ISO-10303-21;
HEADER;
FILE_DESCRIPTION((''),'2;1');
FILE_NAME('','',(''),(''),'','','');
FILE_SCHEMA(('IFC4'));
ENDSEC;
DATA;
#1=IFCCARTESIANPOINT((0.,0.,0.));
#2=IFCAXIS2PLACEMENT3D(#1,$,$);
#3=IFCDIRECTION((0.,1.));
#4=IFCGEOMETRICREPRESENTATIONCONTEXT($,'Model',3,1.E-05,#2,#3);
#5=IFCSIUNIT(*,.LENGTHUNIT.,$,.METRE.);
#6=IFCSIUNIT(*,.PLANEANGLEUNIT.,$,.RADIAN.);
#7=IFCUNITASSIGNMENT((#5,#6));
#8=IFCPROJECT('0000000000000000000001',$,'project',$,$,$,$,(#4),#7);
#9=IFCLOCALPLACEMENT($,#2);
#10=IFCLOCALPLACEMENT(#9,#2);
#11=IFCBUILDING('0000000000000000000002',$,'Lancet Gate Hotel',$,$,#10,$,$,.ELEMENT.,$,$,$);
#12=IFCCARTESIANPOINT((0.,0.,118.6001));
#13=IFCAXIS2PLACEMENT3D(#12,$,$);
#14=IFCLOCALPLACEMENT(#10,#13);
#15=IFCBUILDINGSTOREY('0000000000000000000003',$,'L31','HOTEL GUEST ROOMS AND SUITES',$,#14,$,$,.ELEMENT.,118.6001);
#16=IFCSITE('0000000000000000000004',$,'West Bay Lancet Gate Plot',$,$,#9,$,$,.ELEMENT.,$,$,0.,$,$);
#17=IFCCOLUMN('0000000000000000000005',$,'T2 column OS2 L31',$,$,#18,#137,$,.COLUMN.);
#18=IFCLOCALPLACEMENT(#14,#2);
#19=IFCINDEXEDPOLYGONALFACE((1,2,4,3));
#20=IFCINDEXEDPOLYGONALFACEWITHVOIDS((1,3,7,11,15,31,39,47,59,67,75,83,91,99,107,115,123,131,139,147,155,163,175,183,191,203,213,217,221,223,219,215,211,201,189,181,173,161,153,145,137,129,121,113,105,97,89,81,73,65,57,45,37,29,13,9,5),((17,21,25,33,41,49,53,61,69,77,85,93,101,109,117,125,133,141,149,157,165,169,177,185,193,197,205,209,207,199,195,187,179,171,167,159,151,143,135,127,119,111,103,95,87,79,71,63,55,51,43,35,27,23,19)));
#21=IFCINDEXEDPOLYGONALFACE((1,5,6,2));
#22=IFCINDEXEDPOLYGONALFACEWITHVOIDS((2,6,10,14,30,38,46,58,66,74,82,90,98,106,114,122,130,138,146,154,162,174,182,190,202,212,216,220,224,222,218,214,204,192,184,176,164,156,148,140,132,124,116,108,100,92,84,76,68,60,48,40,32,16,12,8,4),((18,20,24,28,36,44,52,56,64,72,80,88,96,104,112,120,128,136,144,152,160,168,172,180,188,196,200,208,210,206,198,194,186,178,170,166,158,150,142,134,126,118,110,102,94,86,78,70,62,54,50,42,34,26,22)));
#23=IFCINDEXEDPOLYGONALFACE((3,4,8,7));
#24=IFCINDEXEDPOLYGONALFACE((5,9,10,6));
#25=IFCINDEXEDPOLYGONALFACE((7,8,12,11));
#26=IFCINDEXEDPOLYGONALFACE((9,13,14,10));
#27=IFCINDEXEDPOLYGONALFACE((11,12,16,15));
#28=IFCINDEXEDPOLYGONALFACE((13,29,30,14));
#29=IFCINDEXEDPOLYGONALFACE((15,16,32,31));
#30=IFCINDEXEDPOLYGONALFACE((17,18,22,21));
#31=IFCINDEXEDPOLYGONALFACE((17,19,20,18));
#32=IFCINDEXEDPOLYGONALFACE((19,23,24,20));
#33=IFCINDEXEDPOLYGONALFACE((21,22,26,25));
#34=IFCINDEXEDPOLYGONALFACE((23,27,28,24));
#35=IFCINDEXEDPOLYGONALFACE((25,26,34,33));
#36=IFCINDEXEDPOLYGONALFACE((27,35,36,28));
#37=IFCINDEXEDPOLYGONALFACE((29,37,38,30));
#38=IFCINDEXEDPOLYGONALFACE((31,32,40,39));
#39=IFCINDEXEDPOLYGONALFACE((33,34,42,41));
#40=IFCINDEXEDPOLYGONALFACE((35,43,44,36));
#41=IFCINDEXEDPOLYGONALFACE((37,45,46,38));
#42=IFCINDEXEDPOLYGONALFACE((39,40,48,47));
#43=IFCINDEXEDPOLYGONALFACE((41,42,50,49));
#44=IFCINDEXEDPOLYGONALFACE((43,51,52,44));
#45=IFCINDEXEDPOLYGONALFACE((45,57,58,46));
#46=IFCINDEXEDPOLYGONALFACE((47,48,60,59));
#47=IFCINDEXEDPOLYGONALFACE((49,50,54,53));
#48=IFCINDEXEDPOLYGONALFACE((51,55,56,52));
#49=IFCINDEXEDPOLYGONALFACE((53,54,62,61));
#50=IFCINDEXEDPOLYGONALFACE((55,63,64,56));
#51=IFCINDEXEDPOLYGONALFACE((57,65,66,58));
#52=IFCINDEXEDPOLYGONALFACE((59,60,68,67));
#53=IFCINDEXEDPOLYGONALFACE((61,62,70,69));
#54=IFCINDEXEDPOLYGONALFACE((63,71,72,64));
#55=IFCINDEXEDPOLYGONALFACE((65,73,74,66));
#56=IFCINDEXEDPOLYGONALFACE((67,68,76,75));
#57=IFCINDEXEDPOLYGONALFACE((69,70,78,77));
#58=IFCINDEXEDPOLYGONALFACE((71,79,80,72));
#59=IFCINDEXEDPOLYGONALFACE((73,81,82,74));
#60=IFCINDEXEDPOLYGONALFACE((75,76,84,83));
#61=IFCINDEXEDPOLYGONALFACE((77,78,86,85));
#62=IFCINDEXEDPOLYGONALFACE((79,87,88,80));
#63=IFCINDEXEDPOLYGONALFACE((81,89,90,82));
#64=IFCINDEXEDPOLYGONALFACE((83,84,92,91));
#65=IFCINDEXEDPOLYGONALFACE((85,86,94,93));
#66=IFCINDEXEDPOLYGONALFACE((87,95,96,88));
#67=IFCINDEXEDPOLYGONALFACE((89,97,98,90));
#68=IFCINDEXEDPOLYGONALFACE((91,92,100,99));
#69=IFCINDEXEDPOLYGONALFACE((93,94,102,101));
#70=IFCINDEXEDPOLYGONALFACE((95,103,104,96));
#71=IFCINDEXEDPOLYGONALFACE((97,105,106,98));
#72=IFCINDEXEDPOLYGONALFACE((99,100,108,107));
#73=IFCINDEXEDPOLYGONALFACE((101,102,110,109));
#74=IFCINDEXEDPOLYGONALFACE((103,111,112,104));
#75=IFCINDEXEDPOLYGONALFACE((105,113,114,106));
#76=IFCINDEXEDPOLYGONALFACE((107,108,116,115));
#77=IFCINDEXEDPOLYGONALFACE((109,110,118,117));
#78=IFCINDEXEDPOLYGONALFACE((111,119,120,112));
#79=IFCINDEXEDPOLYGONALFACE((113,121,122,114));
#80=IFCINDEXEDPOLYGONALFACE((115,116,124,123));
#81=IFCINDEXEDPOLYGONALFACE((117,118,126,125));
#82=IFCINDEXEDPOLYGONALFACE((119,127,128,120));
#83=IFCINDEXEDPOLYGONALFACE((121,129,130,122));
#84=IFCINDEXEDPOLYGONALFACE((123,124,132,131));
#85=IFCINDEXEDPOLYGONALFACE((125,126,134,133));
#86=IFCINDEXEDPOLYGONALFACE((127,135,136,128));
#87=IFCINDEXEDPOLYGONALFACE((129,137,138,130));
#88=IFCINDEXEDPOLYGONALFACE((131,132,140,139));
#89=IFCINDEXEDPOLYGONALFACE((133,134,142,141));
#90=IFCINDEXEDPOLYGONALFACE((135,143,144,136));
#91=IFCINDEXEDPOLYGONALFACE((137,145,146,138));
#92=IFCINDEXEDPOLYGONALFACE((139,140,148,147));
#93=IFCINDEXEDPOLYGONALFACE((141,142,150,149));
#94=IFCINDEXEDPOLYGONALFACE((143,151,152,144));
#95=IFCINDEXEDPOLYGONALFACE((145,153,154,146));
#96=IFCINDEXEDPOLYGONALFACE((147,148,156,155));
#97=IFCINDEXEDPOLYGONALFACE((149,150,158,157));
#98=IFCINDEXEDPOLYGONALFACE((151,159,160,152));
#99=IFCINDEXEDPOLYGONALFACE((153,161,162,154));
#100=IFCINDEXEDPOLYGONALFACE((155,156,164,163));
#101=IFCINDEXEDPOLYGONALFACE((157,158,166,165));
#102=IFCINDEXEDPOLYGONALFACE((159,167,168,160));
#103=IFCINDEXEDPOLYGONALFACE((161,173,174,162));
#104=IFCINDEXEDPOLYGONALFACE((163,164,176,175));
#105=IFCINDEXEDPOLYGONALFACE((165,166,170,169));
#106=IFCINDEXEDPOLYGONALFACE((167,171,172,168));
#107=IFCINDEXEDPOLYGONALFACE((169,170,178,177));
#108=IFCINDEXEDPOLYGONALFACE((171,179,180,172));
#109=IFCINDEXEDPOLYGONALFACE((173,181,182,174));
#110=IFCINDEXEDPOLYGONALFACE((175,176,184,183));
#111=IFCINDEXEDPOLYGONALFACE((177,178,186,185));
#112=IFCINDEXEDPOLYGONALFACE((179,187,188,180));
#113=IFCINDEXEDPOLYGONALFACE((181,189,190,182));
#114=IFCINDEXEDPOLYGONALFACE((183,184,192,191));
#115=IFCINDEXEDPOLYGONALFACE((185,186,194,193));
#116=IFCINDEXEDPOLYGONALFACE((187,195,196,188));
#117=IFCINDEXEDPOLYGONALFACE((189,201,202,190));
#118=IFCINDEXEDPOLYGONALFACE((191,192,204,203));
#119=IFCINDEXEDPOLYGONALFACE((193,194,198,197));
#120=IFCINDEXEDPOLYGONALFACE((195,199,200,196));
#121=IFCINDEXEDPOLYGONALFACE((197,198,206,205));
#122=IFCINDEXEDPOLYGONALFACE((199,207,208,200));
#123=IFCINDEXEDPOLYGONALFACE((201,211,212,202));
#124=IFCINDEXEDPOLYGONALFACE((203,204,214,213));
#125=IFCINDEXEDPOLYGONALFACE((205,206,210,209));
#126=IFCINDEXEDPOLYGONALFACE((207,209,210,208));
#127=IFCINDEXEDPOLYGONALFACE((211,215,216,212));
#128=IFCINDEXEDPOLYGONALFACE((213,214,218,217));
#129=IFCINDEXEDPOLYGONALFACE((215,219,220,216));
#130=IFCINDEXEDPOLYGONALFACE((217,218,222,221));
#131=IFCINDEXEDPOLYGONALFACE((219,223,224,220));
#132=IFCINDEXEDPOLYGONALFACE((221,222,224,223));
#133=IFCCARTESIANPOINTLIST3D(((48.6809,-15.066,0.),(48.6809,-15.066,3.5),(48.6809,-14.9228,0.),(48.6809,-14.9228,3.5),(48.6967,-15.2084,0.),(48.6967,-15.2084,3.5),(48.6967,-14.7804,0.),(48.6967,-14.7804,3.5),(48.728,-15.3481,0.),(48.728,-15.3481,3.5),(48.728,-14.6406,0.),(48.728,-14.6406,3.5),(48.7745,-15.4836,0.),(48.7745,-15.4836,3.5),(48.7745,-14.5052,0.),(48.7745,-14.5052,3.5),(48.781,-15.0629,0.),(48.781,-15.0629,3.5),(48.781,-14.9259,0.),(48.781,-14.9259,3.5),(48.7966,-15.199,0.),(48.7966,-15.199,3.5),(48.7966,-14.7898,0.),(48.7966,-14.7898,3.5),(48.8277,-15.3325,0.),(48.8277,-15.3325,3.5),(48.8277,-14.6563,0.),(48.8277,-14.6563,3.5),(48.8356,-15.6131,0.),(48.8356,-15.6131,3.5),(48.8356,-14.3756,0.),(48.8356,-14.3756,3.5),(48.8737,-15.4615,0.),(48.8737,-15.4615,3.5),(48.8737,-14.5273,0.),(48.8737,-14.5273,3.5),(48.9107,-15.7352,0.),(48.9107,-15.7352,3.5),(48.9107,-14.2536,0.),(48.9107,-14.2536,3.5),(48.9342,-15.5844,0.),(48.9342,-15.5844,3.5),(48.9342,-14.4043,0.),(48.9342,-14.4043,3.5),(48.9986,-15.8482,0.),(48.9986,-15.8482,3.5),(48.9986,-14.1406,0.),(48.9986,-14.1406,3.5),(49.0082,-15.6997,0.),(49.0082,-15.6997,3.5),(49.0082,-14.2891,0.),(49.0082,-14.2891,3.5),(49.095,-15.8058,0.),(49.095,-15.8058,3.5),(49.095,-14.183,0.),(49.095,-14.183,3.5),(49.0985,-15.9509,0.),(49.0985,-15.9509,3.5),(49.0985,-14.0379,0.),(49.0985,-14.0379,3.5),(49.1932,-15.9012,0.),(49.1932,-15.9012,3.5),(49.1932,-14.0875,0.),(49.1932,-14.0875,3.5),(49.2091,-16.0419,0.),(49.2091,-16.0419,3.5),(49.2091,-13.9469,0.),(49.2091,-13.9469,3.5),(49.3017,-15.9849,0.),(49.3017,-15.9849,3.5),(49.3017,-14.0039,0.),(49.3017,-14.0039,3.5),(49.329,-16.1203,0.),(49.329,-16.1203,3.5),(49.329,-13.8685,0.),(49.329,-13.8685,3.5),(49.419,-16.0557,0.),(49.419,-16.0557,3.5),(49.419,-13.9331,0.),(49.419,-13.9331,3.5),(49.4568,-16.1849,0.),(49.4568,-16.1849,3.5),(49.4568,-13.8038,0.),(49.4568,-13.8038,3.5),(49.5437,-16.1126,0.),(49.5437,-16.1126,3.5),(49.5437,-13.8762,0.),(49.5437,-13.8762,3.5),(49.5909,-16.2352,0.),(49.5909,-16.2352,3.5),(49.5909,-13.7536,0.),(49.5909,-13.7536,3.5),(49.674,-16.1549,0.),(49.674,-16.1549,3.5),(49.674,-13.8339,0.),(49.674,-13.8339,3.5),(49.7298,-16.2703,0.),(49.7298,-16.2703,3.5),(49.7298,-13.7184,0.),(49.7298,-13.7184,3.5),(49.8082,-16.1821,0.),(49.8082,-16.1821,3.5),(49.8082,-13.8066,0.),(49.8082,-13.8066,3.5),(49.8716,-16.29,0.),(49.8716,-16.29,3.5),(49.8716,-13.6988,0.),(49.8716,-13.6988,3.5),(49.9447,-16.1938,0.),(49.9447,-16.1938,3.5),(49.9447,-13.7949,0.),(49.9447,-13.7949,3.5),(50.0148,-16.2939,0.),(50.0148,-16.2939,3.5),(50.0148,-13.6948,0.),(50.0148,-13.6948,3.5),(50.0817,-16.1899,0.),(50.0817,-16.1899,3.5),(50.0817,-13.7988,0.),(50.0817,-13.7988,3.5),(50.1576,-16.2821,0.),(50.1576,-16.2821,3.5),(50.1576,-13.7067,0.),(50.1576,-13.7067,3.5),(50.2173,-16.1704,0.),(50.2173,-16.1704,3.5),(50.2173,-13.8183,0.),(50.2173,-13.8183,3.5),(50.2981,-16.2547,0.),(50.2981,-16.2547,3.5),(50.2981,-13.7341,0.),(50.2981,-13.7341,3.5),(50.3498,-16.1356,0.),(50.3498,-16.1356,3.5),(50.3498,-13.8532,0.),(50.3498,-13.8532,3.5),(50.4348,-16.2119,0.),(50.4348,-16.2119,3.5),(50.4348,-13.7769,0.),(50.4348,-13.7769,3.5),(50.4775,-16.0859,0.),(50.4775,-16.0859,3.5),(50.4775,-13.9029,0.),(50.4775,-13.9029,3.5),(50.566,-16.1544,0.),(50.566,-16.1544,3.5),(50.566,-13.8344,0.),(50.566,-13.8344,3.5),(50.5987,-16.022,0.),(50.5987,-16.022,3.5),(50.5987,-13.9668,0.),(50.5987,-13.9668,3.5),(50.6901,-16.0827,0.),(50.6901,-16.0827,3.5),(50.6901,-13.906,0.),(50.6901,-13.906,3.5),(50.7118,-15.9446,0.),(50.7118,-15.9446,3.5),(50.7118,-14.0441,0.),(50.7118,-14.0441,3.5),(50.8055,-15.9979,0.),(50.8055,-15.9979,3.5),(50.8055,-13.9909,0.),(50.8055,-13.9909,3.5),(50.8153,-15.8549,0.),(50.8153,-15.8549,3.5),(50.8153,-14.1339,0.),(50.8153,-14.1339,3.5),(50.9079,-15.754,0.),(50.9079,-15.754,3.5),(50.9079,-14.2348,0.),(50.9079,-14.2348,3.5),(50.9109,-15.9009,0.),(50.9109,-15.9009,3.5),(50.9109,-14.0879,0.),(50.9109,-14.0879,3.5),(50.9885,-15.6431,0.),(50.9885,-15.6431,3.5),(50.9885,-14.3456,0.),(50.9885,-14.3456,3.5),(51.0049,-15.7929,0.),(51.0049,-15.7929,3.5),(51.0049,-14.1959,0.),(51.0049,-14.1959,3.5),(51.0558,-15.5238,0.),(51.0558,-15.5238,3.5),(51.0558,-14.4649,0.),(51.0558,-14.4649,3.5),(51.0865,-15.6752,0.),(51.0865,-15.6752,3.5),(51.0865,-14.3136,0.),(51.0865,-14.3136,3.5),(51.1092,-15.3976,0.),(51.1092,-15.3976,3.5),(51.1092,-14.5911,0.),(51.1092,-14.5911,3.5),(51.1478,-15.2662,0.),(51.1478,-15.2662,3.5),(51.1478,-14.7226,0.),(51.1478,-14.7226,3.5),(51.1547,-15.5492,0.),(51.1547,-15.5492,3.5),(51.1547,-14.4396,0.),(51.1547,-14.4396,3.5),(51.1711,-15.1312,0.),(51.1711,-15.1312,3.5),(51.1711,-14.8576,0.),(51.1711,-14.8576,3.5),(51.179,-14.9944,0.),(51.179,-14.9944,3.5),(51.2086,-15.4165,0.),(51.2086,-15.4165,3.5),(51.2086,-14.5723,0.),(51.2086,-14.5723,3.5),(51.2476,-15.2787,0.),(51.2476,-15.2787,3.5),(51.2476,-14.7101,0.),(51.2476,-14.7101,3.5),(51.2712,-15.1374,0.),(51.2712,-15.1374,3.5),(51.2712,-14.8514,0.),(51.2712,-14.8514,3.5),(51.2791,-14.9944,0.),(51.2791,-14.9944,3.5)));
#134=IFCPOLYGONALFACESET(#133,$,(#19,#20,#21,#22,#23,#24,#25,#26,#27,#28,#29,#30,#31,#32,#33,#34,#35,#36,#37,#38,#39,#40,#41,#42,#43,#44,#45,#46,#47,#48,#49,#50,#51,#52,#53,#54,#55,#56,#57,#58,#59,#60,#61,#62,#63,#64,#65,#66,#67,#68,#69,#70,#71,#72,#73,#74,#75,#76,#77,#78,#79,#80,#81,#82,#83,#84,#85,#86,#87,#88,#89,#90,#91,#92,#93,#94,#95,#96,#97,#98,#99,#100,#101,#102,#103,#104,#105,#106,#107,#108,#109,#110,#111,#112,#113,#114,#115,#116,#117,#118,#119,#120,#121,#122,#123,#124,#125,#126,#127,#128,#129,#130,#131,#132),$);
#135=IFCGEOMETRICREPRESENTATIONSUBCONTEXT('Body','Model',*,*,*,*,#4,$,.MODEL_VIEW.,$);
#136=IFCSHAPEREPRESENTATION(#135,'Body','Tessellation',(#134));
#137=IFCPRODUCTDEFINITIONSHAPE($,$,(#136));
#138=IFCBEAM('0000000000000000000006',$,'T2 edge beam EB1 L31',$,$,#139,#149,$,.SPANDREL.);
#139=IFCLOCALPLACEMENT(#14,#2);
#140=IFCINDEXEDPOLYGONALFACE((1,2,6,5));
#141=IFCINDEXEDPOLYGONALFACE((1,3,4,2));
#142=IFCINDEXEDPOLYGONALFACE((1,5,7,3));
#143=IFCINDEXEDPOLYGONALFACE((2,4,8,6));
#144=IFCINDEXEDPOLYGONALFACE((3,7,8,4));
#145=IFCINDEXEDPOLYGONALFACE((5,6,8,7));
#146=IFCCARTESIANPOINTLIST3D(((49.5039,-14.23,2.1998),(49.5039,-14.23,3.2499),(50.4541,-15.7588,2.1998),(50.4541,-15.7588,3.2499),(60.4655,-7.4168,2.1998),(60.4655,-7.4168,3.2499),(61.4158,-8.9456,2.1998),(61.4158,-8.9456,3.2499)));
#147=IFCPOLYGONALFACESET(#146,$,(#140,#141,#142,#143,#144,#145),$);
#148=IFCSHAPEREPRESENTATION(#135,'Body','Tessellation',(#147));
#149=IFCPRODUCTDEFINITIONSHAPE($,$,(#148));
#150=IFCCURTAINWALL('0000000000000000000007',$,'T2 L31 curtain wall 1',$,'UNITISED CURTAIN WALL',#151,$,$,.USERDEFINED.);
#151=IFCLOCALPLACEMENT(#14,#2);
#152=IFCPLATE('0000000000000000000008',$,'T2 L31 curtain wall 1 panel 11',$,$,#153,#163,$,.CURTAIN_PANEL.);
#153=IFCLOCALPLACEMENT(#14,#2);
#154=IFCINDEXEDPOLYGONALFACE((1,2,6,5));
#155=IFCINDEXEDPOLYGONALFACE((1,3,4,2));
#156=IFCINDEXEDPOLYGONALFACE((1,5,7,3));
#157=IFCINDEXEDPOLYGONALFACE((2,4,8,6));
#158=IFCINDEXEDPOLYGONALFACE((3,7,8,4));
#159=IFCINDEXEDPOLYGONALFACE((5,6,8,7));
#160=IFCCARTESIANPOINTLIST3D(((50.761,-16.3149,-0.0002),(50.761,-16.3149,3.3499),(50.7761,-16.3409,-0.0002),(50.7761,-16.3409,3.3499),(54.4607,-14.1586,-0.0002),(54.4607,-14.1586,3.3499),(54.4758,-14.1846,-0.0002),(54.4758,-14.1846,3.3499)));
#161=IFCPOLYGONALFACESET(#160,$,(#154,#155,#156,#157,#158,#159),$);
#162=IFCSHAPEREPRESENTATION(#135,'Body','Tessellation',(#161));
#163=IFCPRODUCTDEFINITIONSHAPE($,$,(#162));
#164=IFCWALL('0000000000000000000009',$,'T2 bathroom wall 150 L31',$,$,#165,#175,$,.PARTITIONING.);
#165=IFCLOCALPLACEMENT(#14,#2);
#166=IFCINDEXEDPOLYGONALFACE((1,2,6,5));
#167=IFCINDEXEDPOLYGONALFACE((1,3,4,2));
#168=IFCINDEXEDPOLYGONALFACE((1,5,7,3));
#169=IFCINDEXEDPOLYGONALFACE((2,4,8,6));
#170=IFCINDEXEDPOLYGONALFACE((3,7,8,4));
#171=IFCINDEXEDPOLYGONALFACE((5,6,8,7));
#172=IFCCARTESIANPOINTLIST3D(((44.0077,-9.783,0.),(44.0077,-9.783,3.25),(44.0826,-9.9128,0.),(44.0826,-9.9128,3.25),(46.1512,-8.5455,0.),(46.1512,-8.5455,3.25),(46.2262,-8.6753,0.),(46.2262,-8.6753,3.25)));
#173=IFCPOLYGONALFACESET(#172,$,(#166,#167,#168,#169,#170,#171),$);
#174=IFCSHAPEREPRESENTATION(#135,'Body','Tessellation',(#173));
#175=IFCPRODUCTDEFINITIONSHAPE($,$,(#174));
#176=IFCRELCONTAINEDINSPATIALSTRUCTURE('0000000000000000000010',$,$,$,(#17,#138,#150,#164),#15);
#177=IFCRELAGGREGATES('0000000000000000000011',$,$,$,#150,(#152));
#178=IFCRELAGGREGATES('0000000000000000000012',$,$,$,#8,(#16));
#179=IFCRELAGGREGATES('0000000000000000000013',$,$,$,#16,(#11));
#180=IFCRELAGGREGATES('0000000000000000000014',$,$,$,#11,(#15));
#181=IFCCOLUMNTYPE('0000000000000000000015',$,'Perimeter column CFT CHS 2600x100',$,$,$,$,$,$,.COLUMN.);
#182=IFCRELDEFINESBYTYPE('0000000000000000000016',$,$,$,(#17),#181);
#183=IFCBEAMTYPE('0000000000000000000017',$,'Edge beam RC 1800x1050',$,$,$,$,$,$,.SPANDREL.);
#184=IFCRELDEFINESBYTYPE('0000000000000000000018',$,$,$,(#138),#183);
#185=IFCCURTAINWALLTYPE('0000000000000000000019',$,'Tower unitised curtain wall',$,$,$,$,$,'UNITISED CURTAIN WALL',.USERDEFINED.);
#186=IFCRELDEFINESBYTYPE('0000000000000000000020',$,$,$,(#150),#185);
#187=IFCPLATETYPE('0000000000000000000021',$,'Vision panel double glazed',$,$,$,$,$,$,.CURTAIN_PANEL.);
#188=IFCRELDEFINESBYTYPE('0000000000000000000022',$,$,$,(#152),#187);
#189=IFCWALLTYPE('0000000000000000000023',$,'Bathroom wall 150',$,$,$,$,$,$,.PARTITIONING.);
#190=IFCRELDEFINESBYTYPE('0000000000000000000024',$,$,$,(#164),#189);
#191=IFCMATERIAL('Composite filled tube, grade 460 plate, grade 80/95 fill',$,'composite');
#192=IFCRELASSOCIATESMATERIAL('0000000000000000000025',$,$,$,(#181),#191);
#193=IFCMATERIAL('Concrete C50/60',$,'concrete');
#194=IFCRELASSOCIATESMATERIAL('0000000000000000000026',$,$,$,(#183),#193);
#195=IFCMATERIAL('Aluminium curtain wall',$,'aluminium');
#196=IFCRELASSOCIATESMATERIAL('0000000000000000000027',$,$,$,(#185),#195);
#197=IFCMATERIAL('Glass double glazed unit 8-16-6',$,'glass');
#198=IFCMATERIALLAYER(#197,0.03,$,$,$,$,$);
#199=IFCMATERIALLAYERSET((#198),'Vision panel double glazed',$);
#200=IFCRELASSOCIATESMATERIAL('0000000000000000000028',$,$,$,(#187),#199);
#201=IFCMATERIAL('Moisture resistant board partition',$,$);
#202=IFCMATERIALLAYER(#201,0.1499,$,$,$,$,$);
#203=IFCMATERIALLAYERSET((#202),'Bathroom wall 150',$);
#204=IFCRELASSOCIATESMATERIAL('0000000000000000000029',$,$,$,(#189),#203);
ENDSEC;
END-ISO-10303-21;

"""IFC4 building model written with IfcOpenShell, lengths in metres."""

from ifc_helpers import new_model, si_unit, direction, frame, frame_2d, origin, origin_2d, place, context, subcontext, project, spatial, rectangle, hollow_circle, extrude, material, layer, layer_set, material_profile, profile_set, type_object, element, aggregate, save


model = new_model("IFC4")

# Units and contexts
model_context = context("Model", 3, precision=1e-05, world=origin(), true_north=direction((0.0, 1.0)))
body_context = subcontext(model_context, "Body", "Model", "MODEL_VIEW")
ifc_project = project(units=[si_unit("LENGTHUNIT", "METRE"), si_unit("PLANEANGLEUNIT", "RADIAN")], contexts=[model_context])

# Site, building, storey
site_placement = place(None, origin())
site = spatial("IfcSite", under=ifc_project, at=site_placement, Name="West Bay Lancet Gate Plot", CompositionType="ELEMENT", RefElevation=0.0)
building_placement = place(site_placement, origin())
building = spatial("IfcBuilding", under=site, at=building_placement, Name="Lancet Gate Hotel", CompositionType="ELEMENT")
storey_placement = place(building_placement, frame((0.0, 0.0, 118.6001)))
storey = spatial("IfcBuildingStorey", under=building, at=storey_placement, Name="L31", Description="HOTEL GUEST ROOMS AND SUITES", CompositionType="ELEMENT", Elevation=118.6001)

# Column
ifc_material_1 = material(Name="Composite filled tube, grade 460 plate, grade 80/95 fill", Category="composite")
ifc_material_profile_1 = material_profile(ifc_material_1, hollow_circle(Radius=1.3, WallThickness=0.1001, at=origin_2d()), Name="CHS 2600x100")
ifc_profile_set_1 = profile_set([ifc_material_profile_1], Name="Composite filled tube, grade 460 plate, grade 80/95 fill")
column_type = type_object("IfcColumnType", Name="Perimeter column CFT CHS 2600x100", PredefinedType="COLUMN", material=ifc_profile_set_1)
column_placement = place(storey_placement, frame((49.979, -14.9944, 0.0), z_axis=(0.0, 0.0, 1.0), x_axis=(1.0, 0.0, 0.0)))
element("IfcColumn", 1, at=column_placement, inside=storey, type_object=column_type, Name="T2 column OS2 L31", PredefinedType="COLUMN", context=body_context, shape_type="SweptSolid", body=[
    extrude(hollow_circle(Radius=1.3, WallThickness=0.1001, at=origin_2d()), origin(), (0.0, 0.0, 1.0), 3.5),
])

# Beam
ifc_material_2 = material(Name="Concrete C50/60", Category="concrete")
ifc_material_profile_2 = material_profile(ifc_material_2, rectangle(XDim=1.8, YDim=1.05, at=origin_2d()), Name="RC 1800x1050")
ifc_profile_set_2 = profile_set([ifc_material_profile_2], Name="Concrete C50/60")
beam_type = type_object("IfcBeamType", Name="Edge beam RC 1800x1050", PredefinedType="SPANDREL", material=ifc_profile_set_2)
beam_placement = place(storey_placement, frame((49.979, -14.9944, 2.7249), z_axis=(0.849312, 0.527891, 0.0), x_axis=(-0.527891, 0.849312, 0.0)))
element("IfcBeam", 2, at=beam_placement, inside=storey, type_object=beam_type, Name="T2 edge beam EB1 L31", PredefinedType="SPANDREL", context=body_context, shape_type="SweptSolid", body=[
    extrude(rectangle(XDim=1.8, YDim=1.05, at=origin_2d()), origin(), (0.0, 0.0, 1.0), 12.9065),
])

# Curtain wall, plate
ifc_material_3 = material(Name="Aluminium curtain wall", Category="aluminium")
curtain_wall_type = type_object("IfcCurtainWallType", Name="Tower unitised curtain wall", ElementType="UNITISED CURTAIN WALL", PredefinedType="USERDEFINED", material=ifc_material_3)
curtain_wall_placement = place(storey_placement, origin())
curtain_wall = element("IfcCurtainWall", 3, at=curtain_wall_placement, inside=storey, type_object=curtain_wall_type, Name="T2 L31 curtain wall 1", ObjectType="UNITISED CURTAIN WALL", PredefinedType="USERDEFINED")
ifc_material_4 = material(Name="Glass double glazed unit 8-16-6", Category="glass")
ifc_layer_1 = layer(ifc_material_4, 0.03)
ifc_layer_set_1 = layer_set([ifc_layer_1], Name="Vision panel double glazed")
plate_type = type_object("IfcPlateType", Name="Vision panel double glazed", PredefinedType="CURTAIN_PANEL", material=ifc_layer_set_1)
plate_placement = place(storey_placement, frame((52.6184, -15.2498, -0.0002), z_axis=(0.0, 0.0, 1.0), x_axis=(0.863966, 0.503551, 0.0)))
plate = element("IfcPlate", 4, at=plate_placement, type_object=plate_type, Name="T2 L31 curtain wall 1 panel 11", PredefinedType="CURTAIN_PANEL", context=body_context, shape_type="SweptSolid", body=[
    extrude(rectangle(XDim=4.2822, YDim=0.03, at=origin_2d()), origin(), (0.0, 0.0, 1.0), 3.3501),
])
aggregate(curtain_wall, [plate])

# Wall
ifc_material_5 = material(Name="Moisture resistant board partition")
ifc_layer_2 = layer(ifc_material_5, 0.1499)
ifc_layer_set_2 = layer_set([ifc_layer_2], Name="Bathroom wall 150")
wall_type_1 = type_object("IfcWallType", Name="Bathroom wall 150", PredefinedType="PARTITIONING", material=ifc_layer_set_2)
wall_1_placement = place(storey_placement, frame((44.0452, -9.8479, 0.0), z_axis=(0.0, 0.0, 1.0), x_axis=(0.866031, 0.49999, 0.0)))
element("IfcWall", 5, at=wall_1_placement, inside=storey, type_object=wall_type_1, Name="T2 bathroom wall 150 L31", PredefinedType="PARTITIONING", context=body_context, shape_type="SweptSolid", body=[
    extrude(rectangle(XDim=2.4751, YDim=0.1499, at=frame_2d((1.2375, 0.0))), origin(), (0.0, 0.0, 1.0), 3.25),
])

save(model, "model.ifc")
